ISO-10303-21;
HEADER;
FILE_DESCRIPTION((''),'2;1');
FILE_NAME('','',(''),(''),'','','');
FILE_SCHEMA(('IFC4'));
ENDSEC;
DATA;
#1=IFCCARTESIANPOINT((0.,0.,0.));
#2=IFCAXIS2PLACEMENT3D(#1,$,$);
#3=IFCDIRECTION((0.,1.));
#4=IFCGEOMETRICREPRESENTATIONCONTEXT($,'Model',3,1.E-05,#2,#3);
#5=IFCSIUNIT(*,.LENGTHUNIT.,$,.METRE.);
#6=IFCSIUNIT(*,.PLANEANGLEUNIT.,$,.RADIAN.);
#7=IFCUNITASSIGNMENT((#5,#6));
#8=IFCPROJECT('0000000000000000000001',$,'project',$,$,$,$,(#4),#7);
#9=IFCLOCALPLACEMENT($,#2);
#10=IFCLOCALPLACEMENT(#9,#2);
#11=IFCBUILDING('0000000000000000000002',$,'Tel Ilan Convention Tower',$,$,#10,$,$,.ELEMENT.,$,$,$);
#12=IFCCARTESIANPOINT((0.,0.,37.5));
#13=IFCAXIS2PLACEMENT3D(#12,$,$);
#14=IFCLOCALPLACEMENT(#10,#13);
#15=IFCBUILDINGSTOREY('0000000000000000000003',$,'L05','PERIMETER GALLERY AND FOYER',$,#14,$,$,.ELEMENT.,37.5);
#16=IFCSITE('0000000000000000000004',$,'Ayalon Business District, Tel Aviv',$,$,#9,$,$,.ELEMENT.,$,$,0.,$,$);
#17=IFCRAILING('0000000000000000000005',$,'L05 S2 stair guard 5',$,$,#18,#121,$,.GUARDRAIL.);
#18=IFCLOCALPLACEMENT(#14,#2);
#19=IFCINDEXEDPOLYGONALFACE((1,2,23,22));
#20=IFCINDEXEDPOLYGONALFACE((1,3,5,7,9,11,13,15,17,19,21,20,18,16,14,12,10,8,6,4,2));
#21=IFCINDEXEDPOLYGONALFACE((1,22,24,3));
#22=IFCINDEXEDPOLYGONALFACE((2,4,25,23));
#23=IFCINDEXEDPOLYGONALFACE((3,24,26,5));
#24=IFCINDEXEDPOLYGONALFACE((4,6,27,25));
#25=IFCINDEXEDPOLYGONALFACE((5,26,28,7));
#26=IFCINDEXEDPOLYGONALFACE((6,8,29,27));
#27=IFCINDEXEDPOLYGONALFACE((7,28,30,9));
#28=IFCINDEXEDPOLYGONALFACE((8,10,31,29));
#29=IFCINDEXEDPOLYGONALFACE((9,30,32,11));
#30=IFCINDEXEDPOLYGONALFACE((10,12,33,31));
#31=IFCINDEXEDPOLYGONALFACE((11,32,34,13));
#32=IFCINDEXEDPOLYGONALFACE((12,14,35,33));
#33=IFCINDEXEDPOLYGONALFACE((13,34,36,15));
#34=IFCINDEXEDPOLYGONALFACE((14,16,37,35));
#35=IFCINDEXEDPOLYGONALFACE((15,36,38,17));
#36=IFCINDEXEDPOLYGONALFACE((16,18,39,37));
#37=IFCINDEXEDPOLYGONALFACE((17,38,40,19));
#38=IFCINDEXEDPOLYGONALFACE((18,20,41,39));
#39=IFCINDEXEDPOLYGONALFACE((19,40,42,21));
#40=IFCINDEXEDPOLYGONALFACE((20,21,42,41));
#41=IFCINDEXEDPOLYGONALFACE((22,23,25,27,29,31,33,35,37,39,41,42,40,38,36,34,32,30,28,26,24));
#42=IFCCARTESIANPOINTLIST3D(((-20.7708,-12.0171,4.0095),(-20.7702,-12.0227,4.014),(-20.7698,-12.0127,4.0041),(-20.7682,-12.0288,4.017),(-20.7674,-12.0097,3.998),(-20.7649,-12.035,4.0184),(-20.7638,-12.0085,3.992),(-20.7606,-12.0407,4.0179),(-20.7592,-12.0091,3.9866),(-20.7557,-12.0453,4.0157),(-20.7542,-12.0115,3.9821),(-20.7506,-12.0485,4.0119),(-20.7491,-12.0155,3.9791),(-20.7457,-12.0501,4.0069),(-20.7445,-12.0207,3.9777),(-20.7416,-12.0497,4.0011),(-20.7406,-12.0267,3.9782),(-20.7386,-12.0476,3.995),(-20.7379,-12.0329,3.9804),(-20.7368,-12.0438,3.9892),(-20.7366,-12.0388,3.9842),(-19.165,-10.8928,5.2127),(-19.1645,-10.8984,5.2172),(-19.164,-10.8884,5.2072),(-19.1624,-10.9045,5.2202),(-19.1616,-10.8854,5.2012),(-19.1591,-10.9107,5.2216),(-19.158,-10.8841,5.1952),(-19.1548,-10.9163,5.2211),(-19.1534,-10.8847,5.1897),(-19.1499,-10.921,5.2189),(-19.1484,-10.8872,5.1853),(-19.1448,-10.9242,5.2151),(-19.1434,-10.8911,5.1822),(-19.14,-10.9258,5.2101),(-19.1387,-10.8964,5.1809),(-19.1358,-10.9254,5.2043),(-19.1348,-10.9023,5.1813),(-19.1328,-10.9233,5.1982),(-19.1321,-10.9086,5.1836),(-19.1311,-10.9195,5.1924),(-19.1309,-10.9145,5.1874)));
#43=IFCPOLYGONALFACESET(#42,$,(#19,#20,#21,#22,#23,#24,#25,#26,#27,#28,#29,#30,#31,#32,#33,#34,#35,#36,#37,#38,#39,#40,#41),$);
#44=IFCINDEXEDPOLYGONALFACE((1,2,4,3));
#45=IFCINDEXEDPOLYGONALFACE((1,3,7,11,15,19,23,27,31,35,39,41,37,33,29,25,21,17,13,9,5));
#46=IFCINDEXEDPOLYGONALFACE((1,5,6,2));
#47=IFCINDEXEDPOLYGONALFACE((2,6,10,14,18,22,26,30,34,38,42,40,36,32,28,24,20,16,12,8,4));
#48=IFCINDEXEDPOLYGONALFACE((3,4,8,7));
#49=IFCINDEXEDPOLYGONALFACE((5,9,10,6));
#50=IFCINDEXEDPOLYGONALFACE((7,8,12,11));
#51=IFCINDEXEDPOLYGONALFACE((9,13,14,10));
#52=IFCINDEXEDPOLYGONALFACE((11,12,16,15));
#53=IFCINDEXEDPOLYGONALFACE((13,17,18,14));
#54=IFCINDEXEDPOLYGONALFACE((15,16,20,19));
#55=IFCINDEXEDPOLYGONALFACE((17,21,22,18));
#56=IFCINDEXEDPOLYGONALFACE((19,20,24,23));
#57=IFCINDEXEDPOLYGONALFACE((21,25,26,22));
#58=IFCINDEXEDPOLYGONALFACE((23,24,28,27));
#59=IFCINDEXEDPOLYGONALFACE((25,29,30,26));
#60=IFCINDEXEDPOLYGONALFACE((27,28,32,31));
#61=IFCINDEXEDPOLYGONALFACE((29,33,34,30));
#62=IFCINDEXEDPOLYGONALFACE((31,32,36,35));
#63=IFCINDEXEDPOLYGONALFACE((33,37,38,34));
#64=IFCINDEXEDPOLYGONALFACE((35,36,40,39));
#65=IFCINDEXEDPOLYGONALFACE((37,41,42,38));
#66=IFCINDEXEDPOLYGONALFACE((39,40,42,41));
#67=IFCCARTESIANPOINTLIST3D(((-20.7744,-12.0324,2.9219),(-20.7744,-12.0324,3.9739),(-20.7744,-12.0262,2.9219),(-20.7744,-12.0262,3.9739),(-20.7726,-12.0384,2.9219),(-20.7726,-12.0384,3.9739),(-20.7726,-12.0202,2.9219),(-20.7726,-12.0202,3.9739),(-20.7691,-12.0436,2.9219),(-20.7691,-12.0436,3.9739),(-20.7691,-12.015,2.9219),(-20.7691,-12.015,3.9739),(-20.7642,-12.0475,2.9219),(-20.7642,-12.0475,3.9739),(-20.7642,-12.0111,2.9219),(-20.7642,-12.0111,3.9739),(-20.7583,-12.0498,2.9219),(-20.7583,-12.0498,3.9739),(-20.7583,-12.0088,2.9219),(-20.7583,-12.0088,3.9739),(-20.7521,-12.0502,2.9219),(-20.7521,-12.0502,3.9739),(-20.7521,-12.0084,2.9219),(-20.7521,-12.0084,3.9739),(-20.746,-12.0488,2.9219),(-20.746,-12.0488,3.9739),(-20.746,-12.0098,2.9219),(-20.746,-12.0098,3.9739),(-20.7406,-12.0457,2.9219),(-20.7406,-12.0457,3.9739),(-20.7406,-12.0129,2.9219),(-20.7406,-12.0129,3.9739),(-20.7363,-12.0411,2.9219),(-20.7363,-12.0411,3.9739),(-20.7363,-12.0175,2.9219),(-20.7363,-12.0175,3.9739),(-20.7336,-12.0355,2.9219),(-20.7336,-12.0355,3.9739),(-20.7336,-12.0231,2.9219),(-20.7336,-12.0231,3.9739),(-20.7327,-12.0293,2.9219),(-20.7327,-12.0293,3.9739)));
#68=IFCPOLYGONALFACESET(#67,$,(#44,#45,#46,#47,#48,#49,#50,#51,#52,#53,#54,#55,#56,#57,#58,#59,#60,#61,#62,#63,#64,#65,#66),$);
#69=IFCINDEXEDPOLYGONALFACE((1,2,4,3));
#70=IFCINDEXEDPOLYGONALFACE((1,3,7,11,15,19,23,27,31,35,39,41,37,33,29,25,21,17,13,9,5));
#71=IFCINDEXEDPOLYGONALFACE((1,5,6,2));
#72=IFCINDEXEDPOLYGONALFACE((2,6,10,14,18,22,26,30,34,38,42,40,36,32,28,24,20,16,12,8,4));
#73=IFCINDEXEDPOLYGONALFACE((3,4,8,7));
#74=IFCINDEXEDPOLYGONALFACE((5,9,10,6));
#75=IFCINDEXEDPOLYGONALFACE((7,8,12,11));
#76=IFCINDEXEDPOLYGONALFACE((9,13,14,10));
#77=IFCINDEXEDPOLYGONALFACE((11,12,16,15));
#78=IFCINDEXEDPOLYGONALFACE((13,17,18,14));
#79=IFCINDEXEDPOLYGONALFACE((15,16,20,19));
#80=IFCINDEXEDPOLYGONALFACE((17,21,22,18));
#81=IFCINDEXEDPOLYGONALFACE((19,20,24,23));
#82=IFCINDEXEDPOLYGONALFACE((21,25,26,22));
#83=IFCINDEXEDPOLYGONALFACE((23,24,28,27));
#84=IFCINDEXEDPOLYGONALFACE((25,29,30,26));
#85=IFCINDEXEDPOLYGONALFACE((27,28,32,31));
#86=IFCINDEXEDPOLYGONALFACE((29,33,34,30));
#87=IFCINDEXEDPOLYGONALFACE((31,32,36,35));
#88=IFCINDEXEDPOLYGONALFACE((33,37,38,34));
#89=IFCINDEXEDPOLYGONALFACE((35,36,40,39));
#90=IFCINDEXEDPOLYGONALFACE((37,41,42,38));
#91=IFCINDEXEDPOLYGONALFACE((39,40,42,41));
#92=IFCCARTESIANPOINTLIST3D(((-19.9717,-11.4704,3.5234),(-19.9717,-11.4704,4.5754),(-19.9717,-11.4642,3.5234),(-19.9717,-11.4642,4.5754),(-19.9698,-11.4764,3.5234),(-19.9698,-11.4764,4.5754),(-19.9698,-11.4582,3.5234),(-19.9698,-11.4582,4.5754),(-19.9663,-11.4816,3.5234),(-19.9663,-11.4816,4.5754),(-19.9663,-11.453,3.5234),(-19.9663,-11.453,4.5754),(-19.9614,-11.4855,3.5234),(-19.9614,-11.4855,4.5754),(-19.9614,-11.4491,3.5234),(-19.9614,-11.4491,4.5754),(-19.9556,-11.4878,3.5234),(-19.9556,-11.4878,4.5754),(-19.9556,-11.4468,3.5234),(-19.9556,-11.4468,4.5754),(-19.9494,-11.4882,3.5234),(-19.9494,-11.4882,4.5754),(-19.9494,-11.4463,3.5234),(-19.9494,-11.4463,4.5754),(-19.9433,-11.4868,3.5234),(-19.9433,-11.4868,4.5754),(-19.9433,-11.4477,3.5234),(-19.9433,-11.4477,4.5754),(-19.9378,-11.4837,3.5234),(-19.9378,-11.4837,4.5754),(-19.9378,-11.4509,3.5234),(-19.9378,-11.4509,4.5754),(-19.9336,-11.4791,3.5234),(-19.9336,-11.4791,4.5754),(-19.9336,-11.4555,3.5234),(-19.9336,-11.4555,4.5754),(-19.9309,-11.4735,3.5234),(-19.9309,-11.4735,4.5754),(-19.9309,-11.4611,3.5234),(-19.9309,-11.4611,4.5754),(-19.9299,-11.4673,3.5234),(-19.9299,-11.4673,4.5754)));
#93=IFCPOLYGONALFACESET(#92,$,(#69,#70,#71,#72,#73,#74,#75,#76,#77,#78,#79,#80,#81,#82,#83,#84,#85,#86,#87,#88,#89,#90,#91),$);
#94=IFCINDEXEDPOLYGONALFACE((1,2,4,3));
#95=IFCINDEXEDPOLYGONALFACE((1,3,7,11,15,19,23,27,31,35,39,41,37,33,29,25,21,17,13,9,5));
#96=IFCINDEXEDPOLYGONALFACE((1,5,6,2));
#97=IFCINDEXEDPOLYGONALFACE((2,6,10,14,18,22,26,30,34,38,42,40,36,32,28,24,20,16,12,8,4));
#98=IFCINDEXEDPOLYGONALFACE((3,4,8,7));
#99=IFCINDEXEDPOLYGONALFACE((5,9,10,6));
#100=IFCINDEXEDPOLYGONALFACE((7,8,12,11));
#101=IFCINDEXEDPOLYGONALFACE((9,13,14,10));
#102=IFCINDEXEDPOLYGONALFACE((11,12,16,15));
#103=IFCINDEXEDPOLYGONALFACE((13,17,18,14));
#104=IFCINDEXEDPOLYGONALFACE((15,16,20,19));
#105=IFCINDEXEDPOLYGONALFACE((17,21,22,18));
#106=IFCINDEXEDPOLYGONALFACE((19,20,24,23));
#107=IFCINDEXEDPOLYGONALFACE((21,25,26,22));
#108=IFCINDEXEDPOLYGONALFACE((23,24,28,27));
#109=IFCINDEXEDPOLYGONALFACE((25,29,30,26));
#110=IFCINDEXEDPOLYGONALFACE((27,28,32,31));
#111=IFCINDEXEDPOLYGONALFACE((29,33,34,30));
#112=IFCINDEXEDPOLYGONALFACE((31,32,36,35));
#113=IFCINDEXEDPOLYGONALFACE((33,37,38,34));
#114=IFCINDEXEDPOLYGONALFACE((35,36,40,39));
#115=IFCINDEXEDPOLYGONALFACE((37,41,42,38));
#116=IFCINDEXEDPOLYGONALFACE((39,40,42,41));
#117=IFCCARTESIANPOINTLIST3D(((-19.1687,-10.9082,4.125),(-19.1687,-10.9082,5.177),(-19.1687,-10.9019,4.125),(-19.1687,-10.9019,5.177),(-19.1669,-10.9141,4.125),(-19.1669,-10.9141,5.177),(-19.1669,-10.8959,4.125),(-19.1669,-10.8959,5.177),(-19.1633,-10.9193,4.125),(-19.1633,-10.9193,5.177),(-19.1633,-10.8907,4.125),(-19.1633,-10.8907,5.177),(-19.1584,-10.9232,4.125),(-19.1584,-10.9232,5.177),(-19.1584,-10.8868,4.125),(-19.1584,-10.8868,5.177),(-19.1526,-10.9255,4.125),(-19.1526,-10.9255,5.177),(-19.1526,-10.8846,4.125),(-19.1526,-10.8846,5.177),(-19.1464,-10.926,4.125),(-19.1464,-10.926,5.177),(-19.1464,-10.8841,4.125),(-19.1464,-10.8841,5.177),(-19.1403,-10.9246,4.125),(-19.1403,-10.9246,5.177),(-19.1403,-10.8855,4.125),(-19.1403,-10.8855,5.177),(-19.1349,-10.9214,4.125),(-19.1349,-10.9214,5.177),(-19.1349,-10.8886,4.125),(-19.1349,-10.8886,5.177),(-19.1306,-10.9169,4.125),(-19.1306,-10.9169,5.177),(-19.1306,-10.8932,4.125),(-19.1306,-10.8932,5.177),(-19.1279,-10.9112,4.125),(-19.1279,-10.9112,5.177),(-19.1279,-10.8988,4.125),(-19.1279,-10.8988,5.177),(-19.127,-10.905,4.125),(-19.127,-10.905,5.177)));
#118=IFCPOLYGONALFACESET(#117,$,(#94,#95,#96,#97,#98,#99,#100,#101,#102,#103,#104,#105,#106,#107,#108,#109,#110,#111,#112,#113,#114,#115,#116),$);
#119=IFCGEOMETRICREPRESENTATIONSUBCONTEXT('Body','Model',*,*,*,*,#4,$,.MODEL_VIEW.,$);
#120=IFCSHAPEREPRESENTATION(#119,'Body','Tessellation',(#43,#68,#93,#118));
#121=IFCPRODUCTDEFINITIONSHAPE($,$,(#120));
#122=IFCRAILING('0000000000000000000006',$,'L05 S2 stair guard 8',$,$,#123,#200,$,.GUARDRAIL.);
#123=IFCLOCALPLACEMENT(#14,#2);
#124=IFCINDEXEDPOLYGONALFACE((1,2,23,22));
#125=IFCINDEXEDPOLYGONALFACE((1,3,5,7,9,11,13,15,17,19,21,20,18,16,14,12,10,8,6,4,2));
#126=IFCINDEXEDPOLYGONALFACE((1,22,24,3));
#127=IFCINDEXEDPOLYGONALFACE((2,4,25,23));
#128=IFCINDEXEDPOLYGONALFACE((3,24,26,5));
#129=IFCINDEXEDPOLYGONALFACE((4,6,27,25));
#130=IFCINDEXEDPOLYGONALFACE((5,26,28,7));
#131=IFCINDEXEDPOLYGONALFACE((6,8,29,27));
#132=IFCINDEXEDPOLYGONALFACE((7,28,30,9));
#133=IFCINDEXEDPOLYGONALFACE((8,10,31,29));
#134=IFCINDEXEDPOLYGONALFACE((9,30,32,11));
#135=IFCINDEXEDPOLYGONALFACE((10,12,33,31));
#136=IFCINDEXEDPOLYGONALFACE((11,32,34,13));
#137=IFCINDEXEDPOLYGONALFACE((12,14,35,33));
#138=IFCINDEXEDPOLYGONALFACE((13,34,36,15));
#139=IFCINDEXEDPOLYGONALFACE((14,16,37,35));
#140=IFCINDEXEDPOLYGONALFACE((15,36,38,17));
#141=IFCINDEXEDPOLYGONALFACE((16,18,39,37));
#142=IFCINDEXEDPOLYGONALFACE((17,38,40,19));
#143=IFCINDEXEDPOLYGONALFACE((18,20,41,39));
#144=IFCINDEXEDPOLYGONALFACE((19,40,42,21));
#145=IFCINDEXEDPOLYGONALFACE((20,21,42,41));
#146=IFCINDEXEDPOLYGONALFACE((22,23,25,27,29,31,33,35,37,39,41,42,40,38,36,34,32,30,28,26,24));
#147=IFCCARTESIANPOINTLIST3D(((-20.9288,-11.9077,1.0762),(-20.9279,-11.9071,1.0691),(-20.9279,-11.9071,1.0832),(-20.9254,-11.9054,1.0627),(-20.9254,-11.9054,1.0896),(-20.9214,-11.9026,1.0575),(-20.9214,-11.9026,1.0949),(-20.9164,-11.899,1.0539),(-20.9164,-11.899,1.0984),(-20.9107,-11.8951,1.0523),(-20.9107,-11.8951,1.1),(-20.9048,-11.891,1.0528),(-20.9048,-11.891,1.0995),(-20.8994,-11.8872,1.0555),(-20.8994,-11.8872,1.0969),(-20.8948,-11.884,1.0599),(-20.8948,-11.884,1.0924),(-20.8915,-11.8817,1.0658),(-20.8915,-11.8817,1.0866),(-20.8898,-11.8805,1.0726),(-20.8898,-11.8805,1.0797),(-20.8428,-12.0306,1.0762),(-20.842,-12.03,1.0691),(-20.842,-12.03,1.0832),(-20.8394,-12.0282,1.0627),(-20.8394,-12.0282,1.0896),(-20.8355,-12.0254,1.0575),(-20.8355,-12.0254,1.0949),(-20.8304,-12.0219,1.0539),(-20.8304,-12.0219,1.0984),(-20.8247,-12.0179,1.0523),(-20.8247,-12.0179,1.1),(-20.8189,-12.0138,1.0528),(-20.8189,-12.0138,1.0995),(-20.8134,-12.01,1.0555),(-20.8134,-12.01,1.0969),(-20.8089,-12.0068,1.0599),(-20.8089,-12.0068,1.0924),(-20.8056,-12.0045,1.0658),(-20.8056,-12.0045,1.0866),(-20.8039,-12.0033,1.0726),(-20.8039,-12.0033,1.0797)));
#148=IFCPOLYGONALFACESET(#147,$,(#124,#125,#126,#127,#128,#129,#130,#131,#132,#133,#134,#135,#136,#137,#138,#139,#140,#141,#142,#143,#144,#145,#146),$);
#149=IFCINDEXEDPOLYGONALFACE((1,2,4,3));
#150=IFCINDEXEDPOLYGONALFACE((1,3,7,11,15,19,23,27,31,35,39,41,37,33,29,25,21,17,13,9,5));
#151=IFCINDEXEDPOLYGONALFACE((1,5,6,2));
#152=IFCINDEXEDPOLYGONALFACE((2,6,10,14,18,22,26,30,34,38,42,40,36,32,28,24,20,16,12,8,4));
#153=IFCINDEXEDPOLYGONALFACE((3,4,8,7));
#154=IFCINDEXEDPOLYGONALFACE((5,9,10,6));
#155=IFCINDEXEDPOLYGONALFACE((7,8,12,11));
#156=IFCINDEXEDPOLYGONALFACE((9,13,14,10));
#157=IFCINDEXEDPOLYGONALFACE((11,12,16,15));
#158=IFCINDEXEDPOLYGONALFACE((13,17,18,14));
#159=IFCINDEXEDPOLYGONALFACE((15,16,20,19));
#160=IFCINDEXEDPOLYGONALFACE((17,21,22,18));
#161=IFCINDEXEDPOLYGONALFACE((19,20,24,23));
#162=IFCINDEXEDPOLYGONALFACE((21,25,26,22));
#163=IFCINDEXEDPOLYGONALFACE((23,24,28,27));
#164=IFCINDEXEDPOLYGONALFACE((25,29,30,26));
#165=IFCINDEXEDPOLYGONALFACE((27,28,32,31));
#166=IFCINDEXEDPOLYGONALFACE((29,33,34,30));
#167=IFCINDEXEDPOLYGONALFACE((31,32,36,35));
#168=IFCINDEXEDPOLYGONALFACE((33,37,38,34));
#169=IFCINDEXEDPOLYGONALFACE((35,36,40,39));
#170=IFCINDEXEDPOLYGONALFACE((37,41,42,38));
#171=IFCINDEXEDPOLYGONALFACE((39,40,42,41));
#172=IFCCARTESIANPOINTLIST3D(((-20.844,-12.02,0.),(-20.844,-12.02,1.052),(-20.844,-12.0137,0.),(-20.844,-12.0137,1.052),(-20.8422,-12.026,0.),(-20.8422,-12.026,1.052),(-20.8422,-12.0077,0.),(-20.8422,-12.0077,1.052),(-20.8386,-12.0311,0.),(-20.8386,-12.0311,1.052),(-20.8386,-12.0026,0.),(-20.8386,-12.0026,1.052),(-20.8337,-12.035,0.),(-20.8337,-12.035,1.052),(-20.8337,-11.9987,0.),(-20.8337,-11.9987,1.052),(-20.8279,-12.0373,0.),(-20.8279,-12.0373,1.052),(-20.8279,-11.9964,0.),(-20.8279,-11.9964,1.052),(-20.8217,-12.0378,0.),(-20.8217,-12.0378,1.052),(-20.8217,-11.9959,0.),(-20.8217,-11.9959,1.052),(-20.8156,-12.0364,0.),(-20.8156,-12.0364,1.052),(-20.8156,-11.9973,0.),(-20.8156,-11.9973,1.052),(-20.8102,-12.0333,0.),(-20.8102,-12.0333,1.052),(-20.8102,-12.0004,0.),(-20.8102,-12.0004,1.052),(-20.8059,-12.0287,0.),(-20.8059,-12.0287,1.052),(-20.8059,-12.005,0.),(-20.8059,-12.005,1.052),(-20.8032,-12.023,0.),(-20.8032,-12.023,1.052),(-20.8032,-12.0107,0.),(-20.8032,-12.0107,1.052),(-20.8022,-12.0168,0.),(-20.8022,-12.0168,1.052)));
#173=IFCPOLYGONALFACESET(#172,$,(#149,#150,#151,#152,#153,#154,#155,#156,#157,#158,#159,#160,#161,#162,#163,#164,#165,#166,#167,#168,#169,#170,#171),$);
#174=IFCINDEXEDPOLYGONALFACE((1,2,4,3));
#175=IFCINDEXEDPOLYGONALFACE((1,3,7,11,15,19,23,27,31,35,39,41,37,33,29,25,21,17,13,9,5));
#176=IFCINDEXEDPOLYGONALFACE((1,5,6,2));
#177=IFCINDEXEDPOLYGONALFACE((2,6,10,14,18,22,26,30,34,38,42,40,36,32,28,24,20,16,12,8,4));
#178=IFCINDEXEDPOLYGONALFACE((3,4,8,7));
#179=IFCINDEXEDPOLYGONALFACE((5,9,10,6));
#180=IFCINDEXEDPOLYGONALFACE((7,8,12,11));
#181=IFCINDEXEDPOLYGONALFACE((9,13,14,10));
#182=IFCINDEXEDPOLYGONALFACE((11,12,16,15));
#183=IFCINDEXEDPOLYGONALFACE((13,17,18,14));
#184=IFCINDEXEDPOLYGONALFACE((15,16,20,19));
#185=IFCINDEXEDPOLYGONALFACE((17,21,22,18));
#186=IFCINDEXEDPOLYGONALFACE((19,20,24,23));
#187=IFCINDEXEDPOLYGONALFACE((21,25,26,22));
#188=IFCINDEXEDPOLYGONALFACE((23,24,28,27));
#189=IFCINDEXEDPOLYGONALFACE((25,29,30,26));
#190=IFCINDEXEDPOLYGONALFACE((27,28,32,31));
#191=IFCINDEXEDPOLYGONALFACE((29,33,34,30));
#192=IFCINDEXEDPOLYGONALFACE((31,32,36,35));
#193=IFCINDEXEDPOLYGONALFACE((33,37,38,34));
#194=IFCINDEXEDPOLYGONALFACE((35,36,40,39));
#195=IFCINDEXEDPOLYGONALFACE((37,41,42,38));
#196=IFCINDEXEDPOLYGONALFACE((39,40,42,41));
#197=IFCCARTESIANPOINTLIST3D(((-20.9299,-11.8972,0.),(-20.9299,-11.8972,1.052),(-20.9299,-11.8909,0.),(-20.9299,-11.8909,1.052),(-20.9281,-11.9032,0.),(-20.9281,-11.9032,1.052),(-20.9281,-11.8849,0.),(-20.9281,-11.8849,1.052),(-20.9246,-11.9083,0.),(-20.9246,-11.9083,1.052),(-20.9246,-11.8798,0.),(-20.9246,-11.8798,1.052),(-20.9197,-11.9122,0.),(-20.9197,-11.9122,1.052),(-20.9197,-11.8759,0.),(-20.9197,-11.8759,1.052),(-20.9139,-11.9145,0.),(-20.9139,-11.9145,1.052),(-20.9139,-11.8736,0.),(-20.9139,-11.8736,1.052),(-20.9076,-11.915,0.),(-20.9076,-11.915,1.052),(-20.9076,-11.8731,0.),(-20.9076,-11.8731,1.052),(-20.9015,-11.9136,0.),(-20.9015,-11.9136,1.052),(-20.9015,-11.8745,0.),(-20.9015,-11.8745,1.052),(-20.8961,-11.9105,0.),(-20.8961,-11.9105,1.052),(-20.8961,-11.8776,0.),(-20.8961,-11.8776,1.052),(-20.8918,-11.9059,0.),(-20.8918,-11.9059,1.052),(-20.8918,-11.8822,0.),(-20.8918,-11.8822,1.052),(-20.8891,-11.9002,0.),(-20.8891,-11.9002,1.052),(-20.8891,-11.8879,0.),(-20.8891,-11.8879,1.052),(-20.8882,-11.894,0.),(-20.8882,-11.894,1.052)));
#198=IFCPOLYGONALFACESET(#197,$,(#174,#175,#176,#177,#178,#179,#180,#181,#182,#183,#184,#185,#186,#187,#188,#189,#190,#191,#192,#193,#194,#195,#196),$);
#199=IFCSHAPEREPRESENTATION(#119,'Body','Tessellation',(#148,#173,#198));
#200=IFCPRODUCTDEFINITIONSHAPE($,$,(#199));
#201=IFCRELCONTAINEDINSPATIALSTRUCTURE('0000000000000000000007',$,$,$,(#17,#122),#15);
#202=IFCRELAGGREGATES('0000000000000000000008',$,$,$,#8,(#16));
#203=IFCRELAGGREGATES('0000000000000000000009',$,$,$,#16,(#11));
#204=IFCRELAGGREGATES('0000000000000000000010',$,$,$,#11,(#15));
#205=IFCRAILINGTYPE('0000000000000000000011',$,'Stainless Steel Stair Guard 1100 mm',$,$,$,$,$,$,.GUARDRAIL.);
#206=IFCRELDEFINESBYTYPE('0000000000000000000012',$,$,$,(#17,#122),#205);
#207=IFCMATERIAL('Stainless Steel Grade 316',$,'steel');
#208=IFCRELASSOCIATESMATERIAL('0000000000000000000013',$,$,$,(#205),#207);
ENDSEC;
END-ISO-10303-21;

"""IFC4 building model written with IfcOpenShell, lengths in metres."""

from ifc_helpers import new_model, si_unit, direction, frame, origin, origin_2d, place, context, subcontext, project, spatial, circle, extrude, material, type_object, element, save


model = new_model("IFC4")

# Units and contexts
model_context = context("Model", 3, precision=1e-05, world=origin(), true_north=direction((0.0, 1.0)))
body_context = subcontext(model_context, "Body", "Model", "MODEL_VIEW")
ifc_project = project(units=[si_unit("LENGTHUNIT", "METRE"), si_unit("PLANEANGLEUNIT", "RADIAN")], contexts=[model_context])

# Site, building, storey
site_placement = place(None, origin())
site = spatial("IfcSite", under=ifc_project, at=site_placement, Name="Ayalon Business District, Tel Aviv", CompositionType="ELEMENT", RefElevation=0.0)
building_placement = place(site_placement, origin())
building = spatial("IfcBuilding", under=site, at=building_placement, Name="Tel Ilan Convention Tower", CompositionType="ELEMENT")
storey_placement = place(building_placement, frame((0.0, 0.0, 37.5)))
storey = spatial("IfcBuildingStorey", under=building, at=storey_placement, Name="L05", Description="PERIMETER GALLERY AND FOYER", CompositionType="ELEMENT", Elevation=37.5)

# Railings
ifc_material_1 = material(Name="Stainless Steel Grade 316", Category="steel")
railing_type_1 = type_object("IfcRailingType", Name="Stainless Steel Stair Guard 1100 mm", PredefinedType="GUARDRAIL", material=ifc_material_1)
railing_1_placement = place(storey_placement, frame((-20.7537, -12.0293, 2.9219)))
element("IfcRailing", 1, at=railing_1_placement, inside=storey, type_object=railing_type_1, Name="L05 S2 stair guard 5", PredefinedType="GUARDRAIL", context=body_context, shape_type="SweptSolid", body=[
    extrude(circle(Radius=0.0239, at=origin_2d()), frame((0.0, 0.0, 1.0762), z_axis=(0.698149, 0.488821, 0.523108), x_axis=(-0.573554, 0.819168, 0.0)), (0.0, 0.0, 1.0), 2.3),
    extrude(circle(Radius=0.021, at=origin_2d()), origin(), (0.0, 0.0, 1.0), 1.052),
    extrude(circle(Radius=0.021, at=origin_2d()), frame((0.8027, 0.562, 0.6016)), (0.0, 0.0, 1.0), 1.052),
    extrude(circle(Radius=0.021, at=origin_2d()), frame((1.6057, 1.1243, 1.2031)), (0.0, 0.0, 1.0), 1.052),
])
railing_2_placement = place(storey_placement, frame((-20.8232, -12.0168, 0.0)))
element("IfcRailing", 2, at=railing_2_placement, inside=storey, type_object=railing_type_1, Name="L05 S2 stair guard 8", PredefinedType="GUARDRAIL", context=body_context, shape_type="SweptSolid", body=[
    extrude(circle(Radius=0.0239, at=origin_2d()), frame((0.0, 0.0, 1.0762), z_axis=(-0.573353, 0.819308, 0.0), x_axis=(-0.819308, -0.573353, 0.0)), (0.0, 0.0, 1.0), 0.1499),
    extrude(circle(Radius=0.021, at=origin_2d()), origin(), (0.0, 0.0, 1.0), 1.052),
    extrude(circle(Radius=0.021, at=origin_2d()), frame((-0.0859, 0.1228, 0.0)), (0.0, 0.0, 1.0), 1.052),
])

save(model, "model.ifc")
